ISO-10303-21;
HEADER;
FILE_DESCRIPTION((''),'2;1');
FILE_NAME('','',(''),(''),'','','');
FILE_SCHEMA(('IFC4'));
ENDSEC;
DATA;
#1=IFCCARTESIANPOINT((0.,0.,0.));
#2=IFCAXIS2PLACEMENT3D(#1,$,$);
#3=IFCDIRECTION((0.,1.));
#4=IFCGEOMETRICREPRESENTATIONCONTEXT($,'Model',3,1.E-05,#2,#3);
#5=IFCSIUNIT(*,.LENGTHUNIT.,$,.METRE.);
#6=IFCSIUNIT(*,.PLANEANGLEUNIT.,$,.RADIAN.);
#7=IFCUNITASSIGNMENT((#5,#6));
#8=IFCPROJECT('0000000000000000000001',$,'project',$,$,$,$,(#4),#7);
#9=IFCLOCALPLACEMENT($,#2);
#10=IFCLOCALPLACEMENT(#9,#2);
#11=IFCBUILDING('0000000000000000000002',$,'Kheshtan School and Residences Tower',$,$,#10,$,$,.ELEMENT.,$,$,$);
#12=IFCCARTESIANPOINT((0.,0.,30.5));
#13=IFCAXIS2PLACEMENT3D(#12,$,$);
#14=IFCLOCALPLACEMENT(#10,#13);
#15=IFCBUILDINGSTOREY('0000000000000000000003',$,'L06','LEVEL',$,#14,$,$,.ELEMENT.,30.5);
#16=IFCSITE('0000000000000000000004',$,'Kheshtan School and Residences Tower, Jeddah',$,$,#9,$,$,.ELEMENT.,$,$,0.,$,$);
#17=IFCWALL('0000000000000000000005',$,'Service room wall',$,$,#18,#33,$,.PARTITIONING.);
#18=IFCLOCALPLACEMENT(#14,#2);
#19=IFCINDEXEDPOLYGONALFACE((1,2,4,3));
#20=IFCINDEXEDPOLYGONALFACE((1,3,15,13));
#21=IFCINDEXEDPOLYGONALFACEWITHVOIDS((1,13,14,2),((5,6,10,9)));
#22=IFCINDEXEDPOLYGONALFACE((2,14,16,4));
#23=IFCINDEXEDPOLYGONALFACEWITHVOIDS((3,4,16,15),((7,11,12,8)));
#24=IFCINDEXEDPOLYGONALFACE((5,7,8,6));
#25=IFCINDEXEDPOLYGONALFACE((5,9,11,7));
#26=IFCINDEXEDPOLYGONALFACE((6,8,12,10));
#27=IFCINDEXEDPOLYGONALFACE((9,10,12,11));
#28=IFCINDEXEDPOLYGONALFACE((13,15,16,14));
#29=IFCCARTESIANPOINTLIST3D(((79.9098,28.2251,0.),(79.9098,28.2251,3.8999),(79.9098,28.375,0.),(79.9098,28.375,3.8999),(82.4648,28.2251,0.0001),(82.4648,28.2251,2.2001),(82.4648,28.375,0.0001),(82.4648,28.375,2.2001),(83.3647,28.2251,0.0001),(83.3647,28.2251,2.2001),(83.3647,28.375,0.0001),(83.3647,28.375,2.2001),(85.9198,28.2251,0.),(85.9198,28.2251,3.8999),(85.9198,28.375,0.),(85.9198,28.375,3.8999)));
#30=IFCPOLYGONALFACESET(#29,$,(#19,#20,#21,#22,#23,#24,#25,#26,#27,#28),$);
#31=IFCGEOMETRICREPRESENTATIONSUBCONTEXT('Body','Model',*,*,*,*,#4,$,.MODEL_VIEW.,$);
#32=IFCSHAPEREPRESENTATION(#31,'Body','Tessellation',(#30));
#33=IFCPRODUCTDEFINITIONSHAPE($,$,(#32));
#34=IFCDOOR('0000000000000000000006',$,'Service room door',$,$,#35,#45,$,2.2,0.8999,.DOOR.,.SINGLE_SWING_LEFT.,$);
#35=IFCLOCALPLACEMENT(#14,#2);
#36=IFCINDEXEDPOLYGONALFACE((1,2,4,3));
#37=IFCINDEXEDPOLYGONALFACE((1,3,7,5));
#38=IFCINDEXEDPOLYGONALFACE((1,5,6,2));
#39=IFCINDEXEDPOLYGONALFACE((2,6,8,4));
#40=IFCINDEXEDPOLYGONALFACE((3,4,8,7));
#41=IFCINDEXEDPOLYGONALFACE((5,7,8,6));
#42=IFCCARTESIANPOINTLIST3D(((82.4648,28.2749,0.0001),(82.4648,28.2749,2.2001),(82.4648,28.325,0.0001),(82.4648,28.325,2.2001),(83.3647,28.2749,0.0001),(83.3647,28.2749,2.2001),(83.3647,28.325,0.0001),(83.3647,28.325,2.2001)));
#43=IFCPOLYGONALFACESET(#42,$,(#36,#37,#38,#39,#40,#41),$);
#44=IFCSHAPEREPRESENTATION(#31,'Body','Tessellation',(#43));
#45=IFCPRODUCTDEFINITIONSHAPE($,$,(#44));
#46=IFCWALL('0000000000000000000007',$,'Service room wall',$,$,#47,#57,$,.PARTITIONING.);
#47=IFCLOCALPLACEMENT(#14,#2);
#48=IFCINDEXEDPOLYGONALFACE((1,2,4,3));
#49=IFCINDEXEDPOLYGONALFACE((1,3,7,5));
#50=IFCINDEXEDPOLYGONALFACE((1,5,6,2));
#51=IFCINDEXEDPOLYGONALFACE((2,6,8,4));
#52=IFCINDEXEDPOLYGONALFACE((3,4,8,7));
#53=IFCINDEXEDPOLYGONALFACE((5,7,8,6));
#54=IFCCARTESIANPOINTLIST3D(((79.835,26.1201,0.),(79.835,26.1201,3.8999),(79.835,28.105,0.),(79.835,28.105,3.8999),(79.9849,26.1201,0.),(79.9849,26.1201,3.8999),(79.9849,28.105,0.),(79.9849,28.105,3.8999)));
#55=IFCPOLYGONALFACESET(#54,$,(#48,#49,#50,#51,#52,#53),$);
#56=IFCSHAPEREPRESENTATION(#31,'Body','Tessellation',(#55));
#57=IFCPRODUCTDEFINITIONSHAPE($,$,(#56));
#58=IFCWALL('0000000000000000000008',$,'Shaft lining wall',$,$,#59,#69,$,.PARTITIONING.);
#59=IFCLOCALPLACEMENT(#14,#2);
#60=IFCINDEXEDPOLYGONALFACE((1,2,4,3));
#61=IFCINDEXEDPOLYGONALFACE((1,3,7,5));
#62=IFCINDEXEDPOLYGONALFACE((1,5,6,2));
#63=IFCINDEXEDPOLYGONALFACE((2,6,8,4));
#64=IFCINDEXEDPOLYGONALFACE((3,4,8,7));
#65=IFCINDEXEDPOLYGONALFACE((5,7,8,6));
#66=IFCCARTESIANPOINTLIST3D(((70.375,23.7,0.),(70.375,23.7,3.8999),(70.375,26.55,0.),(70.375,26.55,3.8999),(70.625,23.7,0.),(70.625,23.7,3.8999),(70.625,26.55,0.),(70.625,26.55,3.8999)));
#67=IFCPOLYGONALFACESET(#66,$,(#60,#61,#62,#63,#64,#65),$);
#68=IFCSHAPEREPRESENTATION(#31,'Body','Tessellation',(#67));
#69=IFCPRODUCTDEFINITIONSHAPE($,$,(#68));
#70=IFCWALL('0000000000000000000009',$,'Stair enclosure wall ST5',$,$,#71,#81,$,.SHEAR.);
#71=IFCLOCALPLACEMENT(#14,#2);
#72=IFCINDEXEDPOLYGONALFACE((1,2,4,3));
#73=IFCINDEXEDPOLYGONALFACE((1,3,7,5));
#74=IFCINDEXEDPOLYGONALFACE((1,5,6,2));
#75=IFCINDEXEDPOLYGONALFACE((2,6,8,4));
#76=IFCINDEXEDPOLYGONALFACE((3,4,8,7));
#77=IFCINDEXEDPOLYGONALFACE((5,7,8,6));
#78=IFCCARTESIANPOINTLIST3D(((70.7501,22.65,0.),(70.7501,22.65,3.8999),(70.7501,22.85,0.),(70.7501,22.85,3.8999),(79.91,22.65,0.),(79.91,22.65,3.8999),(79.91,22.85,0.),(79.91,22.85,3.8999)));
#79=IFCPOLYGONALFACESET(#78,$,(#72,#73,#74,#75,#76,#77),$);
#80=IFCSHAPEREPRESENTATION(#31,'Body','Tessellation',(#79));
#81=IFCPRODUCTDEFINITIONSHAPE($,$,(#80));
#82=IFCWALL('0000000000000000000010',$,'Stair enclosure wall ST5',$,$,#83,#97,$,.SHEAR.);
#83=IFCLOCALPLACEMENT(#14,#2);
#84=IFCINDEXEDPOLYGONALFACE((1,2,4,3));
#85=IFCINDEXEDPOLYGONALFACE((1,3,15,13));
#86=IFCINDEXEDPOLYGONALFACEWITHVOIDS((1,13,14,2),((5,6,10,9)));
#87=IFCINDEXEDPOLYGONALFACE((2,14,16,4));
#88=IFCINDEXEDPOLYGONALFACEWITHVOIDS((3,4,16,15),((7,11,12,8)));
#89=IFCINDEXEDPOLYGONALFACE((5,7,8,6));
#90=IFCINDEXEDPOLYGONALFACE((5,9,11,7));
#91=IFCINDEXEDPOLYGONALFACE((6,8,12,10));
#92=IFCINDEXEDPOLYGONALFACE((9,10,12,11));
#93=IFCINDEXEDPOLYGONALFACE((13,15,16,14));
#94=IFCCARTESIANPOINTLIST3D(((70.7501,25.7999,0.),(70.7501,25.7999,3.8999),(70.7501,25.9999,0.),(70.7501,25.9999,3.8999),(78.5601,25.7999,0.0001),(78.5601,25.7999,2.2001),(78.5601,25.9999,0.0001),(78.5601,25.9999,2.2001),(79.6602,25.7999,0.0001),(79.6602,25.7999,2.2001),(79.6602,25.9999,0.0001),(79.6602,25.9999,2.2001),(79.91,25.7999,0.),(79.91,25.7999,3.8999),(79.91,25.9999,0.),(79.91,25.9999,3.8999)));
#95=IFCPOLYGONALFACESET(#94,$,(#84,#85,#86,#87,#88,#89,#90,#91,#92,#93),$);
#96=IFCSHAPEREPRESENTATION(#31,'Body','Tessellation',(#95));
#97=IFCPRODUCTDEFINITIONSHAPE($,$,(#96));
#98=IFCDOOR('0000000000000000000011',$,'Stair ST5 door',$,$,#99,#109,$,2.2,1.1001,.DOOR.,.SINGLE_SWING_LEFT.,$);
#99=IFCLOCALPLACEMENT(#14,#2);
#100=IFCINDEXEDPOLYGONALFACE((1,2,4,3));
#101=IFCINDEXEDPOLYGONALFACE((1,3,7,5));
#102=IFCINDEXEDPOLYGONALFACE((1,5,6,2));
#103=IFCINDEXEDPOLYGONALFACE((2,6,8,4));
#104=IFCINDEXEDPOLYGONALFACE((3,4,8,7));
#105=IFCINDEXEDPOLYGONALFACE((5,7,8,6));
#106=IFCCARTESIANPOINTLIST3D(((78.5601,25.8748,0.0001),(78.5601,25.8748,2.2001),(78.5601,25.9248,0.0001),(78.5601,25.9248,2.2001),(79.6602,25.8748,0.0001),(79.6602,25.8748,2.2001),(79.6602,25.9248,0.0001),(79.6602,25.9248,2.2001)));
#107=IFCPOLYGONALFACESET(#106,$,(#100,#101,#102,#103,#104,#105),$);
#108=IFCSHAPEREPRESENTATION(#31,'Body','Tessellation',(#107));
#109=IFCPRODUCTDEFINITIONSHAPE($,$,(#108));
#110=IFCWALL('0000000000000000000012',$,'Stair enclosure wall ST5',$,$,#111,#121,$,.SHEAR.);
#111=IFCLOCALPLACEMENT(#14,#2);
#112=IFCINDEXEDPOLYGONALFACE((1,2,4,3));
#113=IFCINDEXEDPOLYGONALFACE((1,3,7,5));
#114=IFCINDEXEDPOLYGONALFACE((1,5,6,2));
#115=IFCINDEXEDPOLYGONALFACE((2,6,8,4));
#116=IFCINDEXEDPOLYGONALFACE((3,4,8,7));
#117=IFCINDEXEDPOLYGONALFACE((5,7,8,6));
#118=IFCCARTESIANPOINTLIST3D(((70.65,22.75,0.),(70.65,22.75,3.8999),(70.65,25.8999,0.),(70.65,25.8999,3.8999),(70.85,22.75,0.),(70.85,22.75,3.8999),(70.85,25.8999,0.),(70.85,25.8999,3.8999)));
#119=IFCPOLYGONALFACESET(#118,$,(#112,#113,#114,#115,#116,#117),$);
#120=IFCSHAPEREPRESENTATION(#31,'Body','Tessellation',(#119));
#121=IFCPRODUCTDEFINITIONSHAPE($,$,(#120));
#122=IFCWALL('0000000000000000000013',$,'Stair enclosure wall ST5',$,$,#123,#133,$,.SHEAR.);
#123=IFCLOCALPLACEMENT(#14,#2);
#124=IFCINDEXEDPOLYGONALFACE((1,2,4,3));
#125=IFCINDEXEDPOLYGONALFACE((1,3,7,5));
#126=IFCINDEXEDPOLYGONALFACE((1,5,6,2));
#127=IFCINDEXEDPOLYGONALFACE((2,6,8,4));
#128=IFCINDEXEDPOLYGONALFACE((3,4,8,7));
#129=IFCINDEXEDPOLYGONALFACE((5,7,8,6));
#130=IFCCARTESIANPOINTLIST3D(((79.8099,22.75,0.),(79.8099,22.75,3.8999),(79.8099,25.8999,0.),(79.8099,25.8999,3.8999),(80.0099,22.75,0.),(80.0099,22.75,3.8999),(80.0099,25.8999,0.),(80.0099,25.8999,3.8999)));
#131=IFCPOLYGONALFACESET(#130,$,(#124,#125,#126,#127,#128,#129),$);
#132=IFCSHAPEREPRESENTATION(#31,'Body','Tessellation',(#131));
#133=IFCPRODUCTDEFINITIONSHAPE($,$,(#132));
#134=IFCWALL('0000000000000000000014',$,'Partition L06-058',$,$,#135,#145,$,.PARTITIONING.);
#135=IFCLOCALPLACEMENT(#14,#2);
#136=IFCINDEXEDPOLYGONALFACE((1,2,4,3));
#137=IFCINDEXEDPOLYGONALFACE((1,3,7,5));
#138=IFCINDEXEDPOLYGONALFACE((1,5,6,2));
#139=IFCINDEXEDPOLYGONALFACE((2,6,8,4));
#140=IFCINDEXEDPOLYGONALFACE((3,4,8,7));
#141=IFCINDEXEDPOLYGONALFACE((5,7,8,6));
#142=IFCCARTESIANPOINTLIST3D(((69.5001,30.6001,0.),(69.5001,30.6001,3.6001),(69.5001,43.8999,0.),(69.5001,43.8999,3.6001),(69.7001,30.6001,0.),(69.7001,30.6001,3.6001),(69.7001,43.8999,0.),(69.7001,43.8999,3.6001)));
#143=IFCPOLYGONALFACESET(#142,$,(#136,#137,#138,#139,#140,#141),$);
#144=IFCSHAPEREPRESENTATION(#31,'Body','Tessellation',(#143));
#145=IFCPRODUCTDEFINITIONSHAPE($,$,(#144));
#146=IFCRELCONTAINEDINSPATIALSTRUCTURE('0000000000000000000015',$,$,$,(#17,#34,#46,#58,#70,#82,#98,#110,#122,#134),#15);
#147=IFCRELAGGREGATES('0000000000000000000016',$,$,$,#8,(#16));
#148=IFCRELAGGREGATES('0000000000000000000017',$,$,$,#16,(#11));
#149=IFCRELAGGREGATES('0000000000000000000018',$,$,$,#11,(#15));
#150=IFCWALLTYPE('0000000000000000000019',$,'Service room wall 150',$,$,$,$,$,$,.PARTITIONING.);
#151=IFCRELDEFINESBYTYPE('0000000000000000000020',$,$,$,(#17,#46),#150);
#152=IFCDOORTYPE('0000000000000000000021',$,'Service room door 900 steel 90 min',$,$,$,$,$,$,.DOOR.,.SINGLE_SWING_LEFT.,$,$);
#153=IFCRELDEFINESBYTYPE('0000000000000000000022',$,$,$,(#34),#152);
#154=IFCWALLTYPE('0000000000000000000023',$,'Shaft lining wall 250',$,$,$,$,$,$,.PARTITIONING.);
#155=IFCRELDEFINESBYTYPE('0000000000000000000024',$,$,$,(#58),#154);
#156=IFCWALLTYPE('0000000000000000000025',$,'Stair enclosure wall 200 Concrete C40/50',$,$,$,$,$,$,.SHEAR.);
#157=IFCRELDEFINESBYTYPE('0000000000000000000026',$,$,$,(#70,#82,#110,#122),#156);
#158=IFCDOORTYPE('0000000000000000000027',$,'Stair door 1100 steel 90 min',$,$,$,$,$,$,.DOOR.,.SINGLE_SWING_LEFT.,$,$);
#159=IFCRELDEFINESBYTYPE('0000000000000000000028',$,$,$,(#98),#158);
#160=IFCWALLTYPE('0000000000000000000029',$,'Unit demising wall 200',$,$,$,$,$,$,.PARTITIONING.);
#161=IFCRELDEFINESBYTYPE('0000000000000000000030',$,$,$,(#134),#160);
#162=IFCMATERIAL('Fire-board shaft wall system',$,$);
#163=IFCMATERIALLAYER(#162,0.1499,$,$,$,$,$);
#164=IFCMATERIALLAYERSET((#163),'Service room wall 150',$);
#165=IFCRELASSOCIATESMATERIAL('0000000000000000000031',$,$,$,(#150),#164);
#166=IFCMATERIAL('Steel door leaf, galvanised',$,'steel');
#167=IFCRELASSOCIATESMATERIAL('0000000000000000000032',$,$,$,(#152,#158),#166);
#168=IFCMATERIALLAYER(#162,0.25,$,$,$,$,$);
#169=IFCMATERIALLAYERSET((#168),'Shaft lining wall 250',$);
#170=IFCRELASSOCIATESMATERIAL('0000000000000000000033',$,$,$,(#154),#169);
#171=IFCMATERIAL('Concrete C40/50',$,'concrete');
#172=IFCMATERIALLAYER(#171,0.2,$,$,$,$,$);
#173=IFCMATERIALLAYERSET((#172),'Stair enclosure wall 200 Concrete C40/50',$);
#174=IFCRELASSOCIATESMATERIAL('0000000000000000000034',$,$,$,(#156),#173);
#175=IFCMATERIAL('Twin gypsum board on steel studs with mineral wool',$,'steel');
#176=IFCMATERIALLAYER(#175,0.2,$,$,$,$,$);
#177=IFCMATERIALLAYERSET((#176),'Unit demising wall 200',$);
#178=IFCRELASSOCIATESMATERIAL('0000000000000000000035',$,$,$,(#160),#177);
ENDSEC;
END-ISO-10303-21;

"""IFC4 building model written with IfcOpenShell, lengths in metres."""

from ifc_helpers import new_model, si_unit, direction, frame, frame_2d, origin, place, context, subcontext, project, spatial, rectangle, extrude, source, transform, mapped, material, layer, layer_set, type_object, element, fill, save


model = new_model("IFC4")

# Units and contexts
model_context = context("Model", 3, precision=1e-05, world=origin(), true_north=direction((0.0, 1.0)))
body_context = subcontext(model_context, "Body", "Model", "MODEL_VIEW")
ifc_project = project(units=[si_unit("LENGTHUNIT", "METRE"), si_unit("PLANEANGLEUNIT", "RADIAN")], contexts=[model_context])

# Site, building, storey
site_placement = place(None, origin())
site = spatial("IfcSite", under=ifc_project, at=site_placement, Name="Kheshtan School and Residences Tower, Jeddah", CompositionType="ELEMENT", RefElevation=0.0)
building_placement = place(site_placement, origin())
building = spatial("IfcBuilding", under=site, at=building_placement, Name="Kheshtan School and Residences Tower", CompositionType="ELEMENT")
storey_placement = place(building_placement, frame((0.0, 0.0, 30.5)))
storey = spatial("IfcBuildingStorey", under=building, at=storey_placement, Name="L06", Description="LEVEL", CompositionType="ELEMENT", Elevation=30.5)

# Shared definitions
ifc_material_1 = material(Name="Fire-board shaft wall system")
ifc_layer_1 = layer(ifc_material_1, 0.1499)
ifc_layer_set_1 = layer_set([ifc_layer_1], Name="Service room wall 150")
wall_type_1 = type_object("IfcWallType", Name="Service room wall 150", PredefinedType="PARTITIONING", material=ifc_layer_set_1)
ifc_material_2 = material(Name="Steel door leaf, galvanised", Category="steel")
door_type_1 = type_object("IfcDoorType", Name="Service room door 900 steel 90 min", OperationType="SINGLE_SWING_LEFT", PredefinedType="DOOR", material=ifc_material_2)
shared_shape_1 = source(origin(), body_context, "Body", "SweptSolid", [
    extrude(rectangle(XDim=0.8999, YDim=2.2, at=frame_2d((0.45, 1.1001))), frame((0.0, 0.0249, 0.0), z_axis=(0.0, -1.0, 0.0), x_axis=(1.0, 0.0, 0.0)), (0.0, 0.0, 1.0), 0.05),
])

# Wall, opening, door
wall_1_placement = place(storey_placement, frame((79.9099, 28.3, 0.0), z_axis=(0.0, 0.0, 1.0), x_axis=(1.0, 0.0, 0.0)))
wall_1 = element("IfcWall", 1, at=wall_1_placement, inside=storey, type_object=wall_type_1, Name="Service room wall", PredefinedType="PARTITIONING", context=body_context, shape_type="SweptSolid", body=[
    extrude(rectangle(XDim=6.01, YDim=0.1499, at=frame_2d((3.0049, 0.0))), origin(), (0.0, 0.0, 1.0), 3.8999),
])
opening_1_placement = place(wall_1_placement, frame((2.5549, 0.0, 0.0)))
opening_1 = element("IfcOpeningElement", 2, at=opening_1_placement, cuts=wall_1, PredefinedType="OPENING", context=body_context, shape_type="SweptSolid", body=[
    extrude(rectangle(XDim=0.8999, YDim=2.2, at=frame_2d((0.45, 1.1001))), frame((0.0, 0.085, 0.0), z_axis=(0.0, -1.0, 0.0), x_axis=(1.0, 0.0, 0.0)), (0.0, 0.0, 1.0), 0.1699),
])
door_1_placement = place(opening_1_placement, origin())
door_1 = element("IfcDoor", 3, at=door_1_placement, inside=storey, type_object=door_type_1, Name="Service room door", OperationType="SINGLE_SWING_LEFT", OverallHeight=2.2, OverallWidth=0.8999, PredefinedType="DOOR", context=body_context, shape_type="MappedRepresentation", body=[
    mapped(shared_shape_1, transform((0.0, 0.0, 0.0), x_axis=(1.0, 0.0, 0.0), y_axis=(0.0, 1.0, 0.0), z_axis=(0.0, 0.0, 1.0), scale=1.0)),
])
fill(opening_1, door_1)

# Walls
wall_2_placement = place(storey_placement, frame((79.9099, 26.1201, 0.0), z_axis=(0.0, 0.0, 1.0), x_axis=(0.0, 1.0, 0.0)))
element("IfcWall", 4, at=wall_2_placement, inside=storey, type_object=wall_type_1, Name="Service room wall", PredefinedType="PARTITIONING", context=body_context, shape_type="SweptSolid", body=[
    extrude(rectangle(XDim=1.9849, YDim=0.1499, at=frame_2d((0.9924, 0.0))), origin(), (0.0, 0.0, 1.0), 3.8999),
])
ifc_layer_2 = layer(ifc_material_1, 0.25)
ifc_layer_set_2 = layer_set([ifc_layer_2], Name="Shaft lining wall 250")
wall_type_2 = type_object("IfcWallType", Name="Shaft lining wall 250", PredefinedType="PARTITIONING", material=ifc_layer_set_2)
wall_3_placement = place(storey_placement, frame((70.5, 23.7, 0.0), z_axis=(0.0, 0.0, 1.0), x_axis=(0.0, 1.0, 0.0)))
element("IfcWall", 5, at=wall_3_placement, inside=storey, type_object=wall_type_2, Name="Shaft lining wall", PredefinedType="PARTITIONING", context=body_context, shape_type="SweptSolid", body=[
    extrude(rectangle(XDim=2.8501, YDim=0.25, at=frame_2d((1.425, 0.0))), origin(), (0.0, 0.0, 1.0), 3.8999),
])
ifc_material_3 = material(Name="Concrete C40/50", Category="concrete")
ifc_layer_3 = layer(ifc_material_3, 0.2)
ifc_layer_set_3 = layer_set([ifc_layer_3], Name="Stair enclosure wall 200 Concrete C40/50")
wall_type_3 = type_object("IfcWallType", Name="Stair enclosure wall 200 Concrete C40/50", PredefinedType="SHEAR", material=ifc_layer_set_3)
wall_4_placement = place(storey_placement, frame((70.75, 22.75, 0.0), z_axis=(0.0, 0.0, 1.0), x_axis=(1.0, 0.0, 0.0)))
element("IfcWall", 6, at=wall_4_placement, inside=storey, type_object=wall_type_3, Name="Stair enclosure wall ST5", PredefinedType="SHEAR", context=body_context, shape_type="SweptSolid", body=[
    extrude(rectangle(XDim=9.1599, YDim=0.2, at=frame_2d((4.5801, 0.0))), origin(), (0.0, 0.0, 1.0), 3.8999),
])

# Wall, opening, door
wall_5_placement = place(storey_placement, frame((70.75, 25.8999, 0.0), z_axis=(0.0, 0.0, 1.0), x_axis=(1.0, 0.0, 0.0)))
wall_5 = element("IfcWall", 7, at=wall_5_placement, inside=storey, type_object=wall_type_3, Name="Stair enclosure wall ST5", PredefinedType="SHEAR", context=body_context, shape_type="SweptSolid", body=[
    extrude(rectangle(XDim=9.1599, YDim=0.2, at=frame_2d((4.5801, 0.0))), origin(), (0.0, 0.0, 1.0), 3.8999),
])
opening_2_placement = place(wall_5_placement, frame((7.8101, 0.0, 0.0)))
opening_2 = element("IfcOpeningElement", 8, at=opening_2_placement, cuts=wall_5, PredefinedType="OPENING", context=body_context, shape_type="SweptSolid", body=[
    extrude(rectangle(XDim=1.1001, YDim=2.2, at=frame_2d((0.55, 1.1001))), frame((0.0, 0.1099, 0.0), z_axis=(0.0, -1.0, 0.0), x_axis=(1.0, 0.0, 0.0)), (0.0, 0.0, 1.0), 0.22),
])
door_type_2 = type_object("IfcDoorType", Name="Stair door 1100 steel 90 min", OperationType="SINGLE_SWING_LEFT", PredefinedType="DOOR", material=ifc_material_2)
shared_shape_2 = source(origin(), body_context, "Body", "SweptSolid", [
    extrude(rectangle(XDim=1.1001, YDim=2.2, at=frame_2d((0.55, 1.1001))), frame((0.0, 0.0249, 0.0), z_axis=(0.0, -1.0, 0.0), x_axis=(1.0, 0.0, 0.0)), (0.0, 0.0, 1.0), 0.05),
])
door_2_placement = place(opening_2_placement, origin())
door_2 = element("IfcDoor", 9, at=door_2_placement, inside=storey, type_object=door_type_2, Name="Stair ST5 door", OperationType="SINGLE_SWING_LEFT", OverallHeight=2.2, OverallWidth=1.1001, PredefinedType="DOOR", context=body_context, shape_type="MappedRepresentation", body=[
    mapped(shared_shape_2, transform((0.0, 0.0, 0.0), x_axis=(1.0, 0.0, 0.0), y_axis=(0.0, 1.0, 0.0), z_axis=(0.0, 0.0, 1.0), scale=1.0)),
])
fill(opening_2, door_2)

# Walls
for number, where, z_axis, x_axis, name in (
    (10, (70.75, 22.75, 0.0), (0.0, 0.0, 1.0), (0.0, 1.0, 0.0), "Stair enclosure wall ST5"),
    (11, (79.9099, 22.75, 0.0), (0.0, 0.0, 1.0), (0.0, 1.0, 0.0), "Stair enclosure wall ST5"),
):
    element("IfcWall", number, at=place(storey_placement, frame(where, z_axis=z_axis, x_axis=x_axis)), inside=storey, type_object=wall_type_3, Name=name, PredefinedType="SHEAR", context=body_context, shape_type="SweptSolid", body=[
        extrude(rectangle(XDim=3.1499, YDim=0.2, at=frame_2d((1.575, 0.0))), origin(), (0.0, 0.0, 1.0), 3.8999),
    ])
ifc_material_4 = material(Name="Twin gypsum board on steel studs with mineral wool", Category="steel")
ifc_layer_4 = layer(ifc_material_4, 0.2)
ifc_layer_set_4 = layer_set([ifc_layer_4], Name="Unit demising wall 200")
wall_type_4 = type_object("IfcWallType", Name="Unit demising wall 200", PredefinedType="PARTITIONING", material=ifc_layer_set_4)
wall_6_placement = place(storey_placement, frame((69.6001, 30.6001, 0.0), z_axis=(0.0, 0.0, 1.0), x_axis=(0.0, 1.0, 0.0)))
element("IfcWall", 12, at=wall_6_placement, inside=storey, type_object=wall_type_4, Name="Partition L06-058", PredefinedType="PARTITIONING", context=body_context, shape_type="SweptSolid", body=[
    extrude(rectangle(XDim=13.2998, YDim=0.2, at=frame_2d((6.6499, 0.0))), origin(), (0.0, 0.0, 1.0), 3.6001),
])

save(model, "model.ifc")
